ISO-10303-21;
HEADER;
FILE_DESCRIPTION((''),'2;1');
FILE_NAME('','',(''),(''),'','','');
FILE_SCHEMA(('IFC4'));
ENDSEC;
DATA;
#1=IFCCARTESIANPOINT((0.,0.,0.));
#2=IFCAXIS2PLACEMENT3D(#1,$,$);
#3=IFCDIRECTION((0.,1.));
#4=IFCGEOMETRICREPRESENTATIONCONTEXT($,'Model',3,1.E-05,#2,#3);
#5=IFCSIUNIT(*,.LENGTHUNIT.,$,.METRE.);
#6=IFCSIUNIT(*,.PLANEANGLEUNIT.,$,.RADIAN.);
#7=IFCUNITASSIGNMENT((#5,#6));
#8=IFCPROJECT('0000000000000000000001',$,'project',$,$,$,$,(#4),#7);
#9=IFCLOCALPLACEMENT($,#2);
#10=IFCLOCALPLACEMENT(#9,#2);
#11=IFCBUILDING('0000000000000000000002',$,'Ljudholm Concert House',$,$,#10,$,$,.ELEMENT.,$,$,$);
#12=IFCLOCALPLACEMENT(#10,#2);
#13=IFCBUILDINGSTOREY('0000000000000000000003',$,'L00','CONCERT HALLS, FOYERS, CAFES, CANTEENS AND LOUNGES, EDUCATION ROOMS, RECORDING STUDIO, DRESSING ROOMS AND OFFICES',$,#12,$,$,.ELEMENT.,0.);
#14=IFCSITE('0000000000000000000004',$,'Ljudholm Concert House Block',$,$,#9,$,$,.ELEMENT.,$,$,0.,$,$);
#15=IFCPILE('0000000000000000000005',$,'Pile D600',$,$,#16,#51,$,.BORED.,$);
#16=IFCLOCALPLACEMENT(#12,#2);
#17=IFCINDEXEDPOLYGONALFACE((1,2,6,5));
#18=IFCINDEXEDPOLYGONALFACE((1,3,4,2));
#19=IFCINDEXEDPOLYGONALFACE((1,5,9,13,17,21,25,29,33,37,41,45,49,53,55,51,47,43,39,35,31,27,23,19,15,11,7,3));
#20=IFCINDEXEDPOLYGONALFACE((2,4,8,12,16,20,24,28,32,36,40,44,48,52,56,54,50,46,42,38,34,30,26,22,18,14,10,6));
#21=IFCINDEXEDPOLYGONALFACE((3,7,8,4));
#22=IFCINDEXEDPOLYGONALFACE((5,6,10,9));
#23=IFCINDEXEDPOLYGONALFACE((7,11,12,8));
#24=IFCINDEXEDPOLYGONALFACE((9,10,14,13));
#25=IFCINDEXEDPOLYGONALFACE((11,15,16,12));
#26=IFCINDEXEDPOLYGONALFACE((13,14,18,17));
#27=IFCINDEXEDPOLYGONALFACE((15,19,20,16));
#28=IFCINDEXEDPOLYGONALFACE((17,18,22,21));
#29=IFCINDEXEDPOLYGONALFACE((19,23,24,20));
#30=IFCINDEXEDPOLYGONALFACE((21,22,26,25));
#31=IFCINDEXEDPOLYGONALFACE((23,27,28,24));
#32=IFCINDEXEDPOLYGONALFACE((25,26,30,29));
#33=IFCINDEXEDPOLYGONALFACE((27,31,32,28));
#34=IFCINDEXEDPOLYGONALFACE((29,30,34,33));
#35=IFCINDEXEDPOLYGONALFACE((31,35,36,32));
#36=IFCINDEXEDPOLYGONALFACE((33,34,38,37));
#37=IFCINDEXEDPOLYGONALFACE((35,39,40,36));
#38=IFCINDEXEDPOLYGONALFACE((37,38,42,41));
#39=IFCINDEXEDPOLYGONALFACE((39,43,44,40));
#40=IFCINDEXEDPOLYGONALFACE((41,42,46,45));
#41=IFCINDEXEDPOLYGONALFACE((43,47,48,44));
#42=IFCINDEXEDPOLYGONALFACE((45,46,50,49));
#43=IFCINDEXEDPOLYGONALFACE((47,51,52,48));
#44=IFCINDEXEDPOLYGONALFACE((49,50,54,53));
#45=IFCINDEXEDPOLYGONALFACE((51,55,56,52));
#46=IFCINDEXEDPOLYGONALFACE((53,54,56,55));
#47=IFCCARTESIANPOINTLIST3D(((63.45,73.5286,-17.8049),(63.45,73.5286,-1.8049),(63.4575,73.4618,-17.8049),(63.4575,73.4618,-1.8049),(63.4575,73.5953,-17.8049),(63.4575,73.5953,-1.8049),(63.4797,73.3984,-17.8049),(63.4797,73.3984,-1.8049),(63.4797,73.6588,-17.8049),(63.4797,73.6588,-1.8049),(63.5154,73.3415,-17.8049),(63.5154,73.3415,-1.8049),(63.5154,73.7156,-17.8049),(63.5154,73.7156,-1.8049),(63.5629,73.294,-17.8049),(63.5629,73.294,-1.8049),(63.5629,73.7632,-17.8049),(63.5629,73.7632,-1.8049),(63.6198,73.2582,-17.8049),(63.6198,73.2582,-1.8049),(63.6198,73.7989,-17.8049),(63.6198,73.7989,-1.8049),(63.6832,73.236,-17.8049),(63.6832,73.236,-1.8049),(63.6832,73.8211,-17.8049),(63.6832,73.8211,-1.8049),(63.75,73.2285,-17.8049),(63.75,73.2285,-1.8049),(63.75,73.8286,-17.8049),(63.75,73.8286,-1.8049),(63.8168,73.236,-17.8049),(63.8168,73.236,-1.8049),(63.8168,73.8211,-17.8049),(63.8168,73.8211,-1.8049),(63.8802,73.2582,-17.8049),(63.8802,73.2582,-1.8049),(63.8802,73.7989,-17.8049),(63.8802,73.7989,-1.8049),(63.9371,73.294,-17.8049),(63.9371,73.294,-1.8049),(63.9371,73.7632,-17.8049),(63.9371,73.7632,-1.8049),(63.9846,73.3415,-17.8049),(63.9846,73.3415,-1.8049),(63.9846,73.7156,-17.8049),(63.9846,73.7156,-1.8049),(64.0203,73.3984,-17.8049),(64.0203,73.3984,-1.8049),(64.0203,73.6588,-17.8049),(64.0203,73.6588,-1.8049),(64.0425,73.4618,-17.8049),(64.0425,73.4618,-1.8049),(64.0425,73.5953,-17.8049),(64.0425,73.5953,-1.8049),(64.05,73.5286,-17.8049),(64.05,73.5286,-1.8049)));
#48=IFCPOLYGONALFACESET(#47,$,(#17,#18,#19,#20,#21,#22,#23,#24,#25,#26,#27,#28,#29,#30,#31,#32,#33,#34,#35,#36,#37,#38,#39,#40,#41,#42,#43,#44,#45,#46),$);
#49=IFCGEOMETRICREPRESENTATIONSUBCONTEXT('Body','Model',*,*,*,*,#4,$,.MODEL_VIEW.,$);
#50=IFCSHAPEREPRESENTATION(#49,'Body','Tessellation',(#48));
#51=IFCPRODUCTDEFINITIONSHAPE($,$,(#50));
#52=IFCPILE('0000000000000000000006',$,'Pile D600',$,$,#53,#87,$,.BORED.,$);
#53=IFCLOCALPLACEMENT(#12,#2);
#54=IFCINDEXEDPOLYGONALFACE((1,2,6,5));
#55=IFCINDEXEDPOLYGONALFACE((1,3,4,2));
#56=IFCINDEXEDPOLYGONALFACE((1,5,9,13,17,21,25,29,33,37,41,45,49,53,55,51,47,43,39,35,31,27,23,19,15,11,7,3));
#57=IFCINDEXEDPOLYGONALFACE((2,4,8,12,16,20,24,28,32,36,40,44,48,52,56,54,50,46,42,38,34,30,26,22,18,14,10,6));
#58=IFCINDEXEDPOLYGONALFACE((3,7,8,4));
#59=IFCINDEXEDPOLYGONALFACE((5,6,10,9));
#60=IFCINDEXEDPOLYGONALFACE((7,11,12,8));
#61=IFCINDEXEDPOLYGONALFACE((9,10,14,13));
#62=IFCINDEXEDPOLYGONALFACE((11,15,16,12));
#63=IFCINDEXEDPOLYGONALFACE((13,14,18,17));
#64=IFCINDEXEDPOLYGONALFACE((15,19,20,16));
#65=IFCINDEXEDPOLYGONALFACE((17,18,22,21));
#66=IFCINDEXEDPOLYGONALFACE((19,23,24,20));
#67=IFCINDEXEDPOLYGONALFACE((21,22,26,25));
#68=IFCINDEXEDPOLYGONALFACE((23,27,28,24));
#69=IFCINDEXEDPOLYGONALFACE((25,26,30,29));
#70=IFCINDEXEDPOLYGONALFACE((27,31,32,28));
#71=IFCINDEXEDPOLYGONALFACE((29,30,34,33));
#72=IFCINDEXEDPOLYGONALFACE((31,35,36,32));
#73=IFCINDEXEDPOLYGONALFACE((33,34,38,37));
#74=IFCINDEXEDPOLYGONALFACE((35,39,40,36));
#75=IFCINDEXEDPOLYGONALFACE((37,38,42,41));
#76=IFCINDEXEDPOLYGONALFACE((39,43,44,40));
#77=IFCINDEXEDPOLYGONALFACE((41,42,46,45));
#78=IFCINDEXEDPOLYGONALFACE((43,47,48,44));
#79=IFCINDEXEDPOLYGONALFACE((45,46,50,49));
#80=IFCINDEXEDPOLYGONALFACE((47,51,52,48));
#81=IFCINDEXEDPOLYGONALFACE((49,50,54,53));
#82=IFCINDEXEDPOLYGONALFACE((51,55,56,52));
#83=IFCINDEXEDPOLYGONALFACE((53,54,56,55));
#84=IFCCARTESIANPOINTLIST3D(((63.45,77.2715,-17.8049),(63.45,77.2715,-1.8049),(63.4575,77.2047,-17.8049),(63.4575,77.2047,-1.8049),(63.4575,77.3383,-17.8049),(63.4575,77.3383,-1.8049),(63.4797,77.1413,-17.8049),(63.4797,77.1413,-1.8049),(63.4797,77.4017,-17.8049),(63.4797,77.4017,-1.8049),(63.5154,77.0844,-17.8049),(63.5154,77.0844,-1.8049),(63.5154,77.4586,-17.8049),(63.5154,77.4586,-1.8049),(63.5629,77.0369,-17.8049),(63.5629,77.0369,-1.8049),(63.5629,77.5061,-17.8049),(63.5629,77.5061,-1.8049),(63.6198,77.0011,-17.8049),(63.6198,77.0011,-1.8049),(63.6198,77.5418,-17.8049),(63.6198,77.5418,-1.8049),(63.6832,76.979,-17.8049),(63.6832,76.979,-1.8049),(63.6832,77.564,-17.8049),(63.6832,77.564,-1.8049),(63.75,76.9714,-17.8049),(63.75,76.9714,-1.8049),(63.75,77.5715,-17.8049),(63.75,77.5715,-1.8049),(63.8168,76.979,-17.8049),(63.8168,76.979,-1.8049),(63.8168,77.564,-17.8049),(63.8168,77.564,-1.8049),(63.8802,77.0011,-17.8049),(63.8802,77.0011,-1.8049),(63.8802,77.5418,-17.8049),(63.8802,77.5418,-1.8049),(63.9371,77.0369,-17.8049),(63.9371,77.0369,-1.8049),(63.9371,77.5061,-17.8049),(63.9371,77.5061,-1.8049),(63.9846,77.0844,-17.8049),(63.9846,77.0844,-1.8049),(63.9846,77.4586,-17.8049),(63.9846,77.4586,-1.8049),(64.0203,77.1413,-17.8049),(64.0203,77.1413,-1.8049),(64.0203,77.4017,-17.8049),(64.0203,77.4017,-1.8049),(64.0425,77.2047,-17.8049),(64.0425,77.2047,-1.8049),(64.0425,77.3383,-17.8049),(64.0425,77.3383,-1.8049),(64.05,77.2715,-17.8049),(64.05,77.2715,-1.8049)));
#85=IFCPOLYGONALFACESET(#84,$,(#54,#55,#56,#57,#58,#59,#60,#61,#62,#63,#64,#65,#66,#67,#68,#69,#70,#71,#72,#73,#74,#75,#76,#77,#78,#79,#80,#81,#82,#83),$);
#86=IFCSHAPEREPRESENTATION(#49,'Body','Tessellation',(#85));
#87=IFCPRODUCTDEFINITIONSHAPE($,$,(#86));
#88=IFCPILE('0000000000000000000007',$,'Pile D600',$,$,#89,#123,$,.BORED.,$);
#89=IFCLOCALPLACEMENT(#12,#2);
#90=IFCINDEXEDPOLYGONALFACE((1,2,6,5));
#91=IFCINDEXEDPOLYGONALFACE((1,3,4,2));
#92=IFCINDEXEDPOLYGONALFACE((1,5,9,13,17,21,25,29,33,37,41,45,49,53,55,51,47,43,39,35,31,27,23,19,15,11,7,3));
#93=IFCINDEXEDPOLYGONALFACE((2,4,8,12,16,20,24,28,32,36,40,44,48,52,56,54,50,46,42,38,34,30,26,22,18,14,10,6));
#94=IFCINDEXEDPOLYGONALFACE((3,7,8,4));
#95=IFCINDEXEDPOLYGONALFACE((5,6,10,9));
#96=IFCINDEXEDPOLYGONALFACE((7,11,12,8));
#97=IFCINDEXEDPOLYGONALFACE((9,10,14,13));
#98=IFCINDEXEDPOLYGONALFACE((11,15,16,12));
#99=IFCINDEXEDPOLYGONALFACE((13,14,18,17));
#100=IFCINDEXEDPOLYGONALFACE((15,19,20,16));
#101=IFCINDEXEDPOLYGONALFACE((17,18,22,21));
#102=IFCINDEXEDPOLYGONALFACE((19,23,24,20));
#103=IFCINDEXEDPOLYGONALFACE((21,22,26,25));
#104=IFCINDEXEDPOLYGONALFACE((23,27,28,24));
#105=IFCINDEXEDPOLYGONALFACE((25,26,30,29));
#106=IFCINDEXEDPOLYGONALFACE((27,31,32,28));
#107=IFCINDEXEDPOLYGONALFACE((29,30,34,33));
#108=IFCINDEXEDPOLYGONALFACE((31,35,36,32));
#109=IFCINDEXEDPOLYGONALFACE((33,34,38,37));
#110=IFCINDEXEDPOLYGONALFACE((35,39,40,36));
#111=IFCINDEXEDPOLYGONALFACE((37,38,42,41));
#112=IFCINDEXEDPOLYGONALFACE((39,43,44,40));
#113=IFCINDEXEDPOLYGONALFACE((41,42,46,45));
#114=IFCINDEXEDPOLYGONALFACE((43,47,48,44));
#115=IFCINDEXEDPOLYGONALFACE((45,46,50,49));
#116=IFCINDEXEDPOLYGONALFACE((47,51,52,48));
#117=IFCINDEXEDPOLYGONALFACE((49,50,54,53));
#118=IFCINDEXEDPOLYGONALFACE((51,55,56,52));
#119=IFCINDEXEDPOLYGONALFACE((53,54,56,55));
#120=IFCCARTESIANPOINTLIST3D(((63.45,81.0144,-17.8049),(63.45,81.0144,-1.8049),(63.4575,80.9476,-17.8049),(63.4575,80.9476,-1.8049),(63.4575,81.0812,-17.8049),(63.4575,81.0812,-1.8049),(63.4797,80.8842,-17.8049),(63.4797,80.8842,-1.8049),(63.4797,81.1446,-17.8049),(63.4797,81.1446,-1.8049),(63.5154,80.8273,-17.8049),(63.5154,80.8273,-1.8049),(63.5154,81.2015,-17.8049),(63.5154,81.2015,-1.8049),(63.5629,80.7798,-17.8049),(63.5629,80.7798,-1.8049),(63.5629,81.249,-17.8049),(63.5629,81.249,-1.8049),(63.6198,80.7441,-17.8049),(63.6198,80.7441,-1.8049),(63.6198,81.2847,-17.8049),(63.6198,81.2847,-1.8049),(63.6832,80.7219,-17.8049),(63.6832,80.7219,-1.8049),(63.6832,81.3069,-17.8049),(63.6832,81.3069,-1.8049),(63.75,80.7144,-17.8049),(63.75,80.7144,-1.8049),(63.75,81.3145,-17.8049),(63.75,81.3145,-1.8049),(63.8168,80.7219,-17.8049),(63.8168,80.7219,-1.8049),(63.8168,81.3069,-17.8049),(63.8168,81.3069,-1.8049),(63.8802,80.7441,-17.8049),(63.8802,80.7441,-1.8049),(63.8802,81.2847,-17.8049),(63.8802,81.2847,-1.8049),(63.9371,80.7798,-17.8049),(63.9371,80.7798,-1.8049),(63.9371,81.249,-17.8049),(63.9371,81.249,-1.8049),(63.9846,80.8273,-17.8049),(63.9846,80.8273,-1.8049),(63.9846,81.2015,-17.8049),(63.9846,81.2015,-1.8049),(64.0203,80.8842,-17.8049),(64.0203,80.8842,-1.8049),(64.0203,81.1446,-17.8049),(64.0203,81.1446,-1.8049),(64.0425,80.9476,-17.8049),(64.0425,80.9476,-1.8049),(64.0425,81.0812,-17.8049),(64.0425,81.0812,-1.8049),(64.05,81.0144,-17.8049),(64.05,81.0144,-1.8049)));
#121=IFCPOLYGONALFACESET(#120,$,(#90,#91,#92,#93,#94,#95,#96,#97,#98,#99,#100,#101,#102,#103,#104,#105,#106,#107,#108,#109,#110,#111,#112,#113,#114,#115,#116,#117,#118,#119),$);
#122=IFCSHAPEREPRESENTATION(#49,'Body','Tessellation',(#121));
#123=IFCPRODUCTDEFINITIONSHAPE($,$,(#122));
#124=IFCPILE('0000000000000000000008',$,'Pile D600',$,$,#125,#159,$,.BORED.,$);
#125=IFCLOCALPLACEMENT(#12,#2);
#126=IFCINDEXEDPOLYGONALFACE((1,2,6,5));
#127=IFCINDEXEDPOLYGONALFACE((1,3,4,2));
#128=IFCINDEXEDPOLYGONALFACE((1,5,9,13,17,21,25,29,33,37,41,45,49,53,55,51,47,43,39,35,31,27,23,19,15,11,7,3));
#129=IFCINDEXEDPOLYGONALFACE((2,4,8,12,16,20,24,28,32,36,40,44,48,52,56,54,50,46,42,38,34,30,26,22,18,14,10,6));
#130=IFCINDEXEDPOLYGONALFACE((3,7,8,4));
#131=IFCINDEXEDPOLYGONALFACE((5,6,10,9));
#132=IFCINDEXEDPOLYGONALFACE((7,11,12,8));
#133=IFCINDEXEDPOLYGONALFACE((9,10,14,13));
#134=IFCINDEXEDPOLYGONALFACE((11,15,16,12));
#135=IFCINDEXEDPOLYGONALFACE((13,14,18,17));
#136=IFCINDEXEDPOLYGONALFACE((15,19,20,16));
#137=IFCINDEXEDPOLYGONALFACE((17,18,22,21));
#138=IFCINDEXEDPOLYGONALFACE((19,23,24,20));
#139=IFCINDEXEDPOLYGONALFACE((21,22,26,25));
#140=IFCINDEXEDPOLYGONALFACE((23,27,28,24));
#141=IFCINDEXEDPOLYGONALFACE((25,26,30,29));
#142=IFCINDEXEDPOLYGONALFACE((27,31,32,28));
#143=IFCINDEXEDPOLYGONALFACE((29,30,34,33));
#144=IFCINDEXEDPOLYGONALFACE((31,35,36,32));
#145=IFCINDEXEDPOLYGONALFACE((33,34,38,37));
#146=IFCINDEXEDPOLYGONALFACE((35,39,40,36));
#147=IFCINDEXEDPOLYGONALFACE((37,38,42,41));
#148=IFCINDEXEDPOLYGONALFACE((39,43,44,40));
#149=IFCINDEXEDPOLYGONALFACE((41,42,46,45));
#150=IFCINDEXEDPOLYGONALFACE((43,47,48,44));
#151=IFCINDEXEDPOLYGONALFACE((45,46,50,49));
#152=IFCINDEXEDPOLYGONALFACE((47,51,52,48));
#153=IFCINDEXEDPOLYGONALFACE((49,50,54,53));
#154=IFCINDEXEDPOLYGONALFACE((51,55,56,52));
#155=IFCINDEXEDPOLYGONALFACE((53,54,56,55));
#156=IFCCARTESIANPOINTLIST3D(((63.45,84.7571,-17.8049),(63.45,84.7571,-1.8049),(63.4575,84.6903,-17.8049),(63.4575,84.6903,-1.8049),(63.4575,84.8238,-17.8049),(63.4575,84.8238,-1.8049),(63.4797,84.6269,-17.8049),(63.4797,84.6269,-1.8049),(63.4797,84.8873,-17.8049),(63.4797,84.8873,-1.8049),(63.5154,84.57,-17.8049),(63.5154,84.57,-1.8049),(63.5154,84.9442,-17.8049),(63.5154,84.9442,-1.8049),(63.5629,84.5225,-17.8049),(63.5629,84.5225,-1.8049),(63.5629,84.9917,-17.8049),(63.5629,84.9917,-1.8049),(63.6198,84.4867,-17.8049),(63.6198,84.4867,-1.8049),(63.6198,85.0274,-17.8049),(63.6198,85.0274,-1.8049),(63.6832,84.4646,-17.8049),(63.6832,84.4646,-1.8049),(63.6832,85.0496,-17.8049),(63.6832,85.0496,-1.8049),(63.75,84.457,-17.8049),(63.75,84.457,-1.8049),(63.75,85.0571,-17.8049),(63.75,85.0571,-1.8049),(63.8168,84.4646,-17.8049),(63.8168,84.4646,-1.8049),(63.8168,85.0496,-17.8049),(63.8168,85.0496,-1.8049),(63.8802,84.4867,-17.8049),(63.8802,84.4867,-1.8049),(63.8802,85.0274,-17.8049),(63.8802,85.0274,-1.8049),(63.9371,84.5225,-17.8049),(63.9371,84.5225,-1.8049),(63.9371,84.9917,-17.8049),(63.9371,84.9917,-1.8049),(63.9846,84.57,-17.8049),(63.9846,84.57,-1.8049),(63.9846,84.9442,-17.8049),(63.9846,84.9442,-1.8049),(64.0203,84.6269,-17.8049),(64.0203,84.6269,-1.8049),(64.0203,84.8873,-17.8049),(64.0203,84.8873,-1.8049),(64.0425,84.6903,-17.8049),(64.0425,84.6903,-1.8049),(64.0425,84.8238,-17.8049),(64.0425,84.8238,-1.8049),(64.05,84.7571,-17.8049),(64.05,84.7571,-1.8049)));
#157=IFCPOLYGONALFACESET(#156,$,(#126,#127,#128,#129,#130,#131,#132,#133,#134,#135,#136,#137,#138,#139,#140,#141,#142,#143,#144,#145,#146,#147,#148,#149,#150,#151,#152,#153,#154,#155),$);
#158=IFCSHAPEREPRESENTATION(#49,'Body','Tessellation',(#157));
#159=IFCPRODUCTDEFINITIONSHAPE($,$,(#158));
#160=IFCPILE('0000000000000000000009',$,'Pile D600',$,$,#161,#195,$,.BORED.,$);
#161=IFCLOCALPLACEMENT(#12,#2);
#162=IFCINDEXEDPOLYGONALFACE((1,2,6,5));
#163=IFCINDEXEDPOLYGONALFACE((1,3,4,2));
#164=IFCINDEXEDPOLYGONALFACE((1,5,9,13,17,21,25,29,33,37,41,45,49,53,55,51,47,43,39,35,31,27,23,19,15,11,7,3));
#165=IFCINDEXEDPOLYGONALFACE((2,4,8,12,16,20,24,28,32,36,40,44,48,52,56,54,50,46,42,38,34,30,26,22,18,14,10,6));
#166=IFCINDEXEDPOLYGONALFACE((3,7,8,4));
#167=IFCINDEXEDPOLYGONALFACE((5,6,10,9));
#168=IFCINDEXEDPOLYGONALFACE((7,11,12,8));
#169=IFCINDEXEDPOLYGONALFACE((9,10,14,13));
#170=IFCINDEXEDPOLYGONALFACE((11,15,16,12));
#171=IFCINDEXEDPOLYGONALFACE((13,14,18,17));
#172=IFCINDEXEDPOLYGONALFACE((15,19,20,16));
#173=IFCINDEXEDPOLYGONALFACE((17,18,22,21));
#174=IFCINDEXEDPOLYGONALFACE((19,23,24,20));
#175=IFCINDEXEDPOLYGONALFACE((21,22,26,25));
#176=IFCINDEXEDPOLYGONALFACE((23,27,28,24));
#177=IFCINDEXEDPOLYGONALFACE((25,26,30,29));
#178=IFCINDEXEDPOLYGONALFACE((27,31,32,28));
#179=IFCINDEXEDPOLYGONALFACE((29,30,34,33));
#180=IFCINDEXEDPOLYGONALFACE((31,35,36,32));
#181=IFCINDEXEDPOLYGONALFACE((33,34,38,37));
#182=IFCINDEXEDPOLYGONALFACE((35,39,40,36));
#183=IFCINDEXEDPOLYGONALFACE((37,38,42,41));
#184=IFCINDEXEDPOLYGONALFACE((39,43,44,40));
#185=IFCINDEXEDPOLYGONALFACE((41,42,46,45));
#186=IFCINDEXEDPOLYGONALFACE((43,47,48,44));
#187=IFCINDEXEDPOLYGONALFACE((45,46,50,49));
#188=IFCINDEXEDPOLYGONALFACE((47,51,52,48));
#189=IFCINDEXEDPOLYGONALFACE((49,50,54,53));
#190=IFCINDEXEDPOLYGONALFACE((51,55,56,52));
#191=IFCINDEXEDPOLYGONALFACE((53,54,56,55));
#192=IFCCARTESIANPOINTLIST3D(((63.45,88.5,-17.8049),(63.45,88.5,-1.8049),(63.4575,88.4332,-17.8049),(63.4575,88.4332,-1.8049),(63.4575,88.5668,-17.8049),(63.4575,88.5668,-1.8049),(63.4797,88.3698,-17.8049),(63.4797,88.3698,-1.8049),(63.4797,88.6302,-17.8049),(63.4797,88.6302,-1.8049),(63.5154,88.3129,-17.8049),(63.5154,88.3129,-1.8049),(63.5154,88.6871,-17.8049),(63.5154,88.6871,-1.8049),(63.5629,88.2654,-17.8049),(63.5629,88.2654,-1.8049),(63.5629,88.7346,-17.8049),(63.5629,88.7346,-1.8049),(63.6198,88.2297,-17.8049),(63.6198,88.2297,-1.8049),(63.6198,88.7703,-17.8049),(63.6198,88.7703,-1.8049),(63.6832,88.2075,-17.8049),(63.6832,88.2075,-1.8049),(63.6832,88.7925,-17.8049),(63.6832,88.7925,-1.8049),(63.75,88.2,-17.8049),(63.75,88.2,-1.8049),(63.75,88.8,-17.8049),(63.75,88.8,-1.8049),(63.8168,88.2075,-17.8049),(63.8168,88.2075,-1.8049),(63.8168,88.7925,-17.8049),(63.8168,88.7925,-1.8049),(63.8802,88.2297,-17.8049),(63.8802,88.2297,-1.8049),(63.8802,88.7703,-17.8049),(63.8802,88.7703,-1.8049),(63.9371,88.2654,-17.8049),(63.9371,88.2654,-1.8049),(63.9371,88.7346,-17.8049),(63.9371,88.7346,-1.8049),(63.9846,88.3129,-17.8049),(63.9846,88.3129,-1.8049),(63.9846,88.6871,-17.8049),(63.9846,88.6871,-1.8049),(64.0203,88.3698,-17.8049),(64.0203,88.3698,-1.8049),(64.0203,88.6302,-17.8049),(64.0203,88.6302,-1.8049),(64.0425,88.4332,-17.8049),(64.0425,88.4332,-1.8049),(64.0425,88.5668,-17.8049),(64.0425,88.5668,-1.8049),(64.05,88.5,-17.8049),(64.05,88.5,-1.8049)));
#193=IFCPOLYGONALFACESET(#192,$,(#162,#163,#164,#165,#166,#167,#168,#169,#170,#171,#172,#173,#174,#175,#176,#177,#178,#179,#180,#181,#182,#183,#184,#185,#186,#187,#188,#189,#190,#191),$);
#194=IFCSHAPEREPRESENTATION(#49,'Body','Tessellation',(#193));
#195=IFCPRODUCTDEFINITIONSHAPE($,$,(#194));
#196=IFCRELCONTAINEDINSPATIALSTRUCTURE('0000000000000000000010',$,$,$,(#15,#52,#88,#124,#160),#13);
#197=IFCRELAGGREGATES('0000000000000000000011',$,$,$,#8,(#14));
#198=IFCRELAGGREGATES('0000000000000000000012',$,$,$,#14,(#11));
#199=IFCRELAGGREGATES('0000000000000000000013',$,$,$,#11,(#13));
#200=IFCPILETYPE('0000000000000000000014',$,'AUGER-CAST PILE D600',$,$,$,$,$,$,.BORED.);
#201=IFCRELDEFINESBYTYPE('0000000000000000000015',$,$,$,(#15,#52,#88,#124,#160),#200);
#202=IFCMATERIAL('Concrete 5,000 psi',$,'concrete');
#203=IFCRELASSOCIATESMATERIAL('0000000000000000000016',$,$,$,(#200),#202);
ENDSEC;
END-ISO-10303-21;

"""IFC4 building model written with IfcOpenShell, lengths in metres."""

from ifc_helpers import new_model, si_unit, direction, frame, origin, origin_2d, place, context, subcontext, project, spatial, circle, extrude, material, material_profile, profile_set, type_object, element, save


model = new_model("IFC4")

# Units and contexts
model_context = context("Model", 3, precision=1e-05, world=origin(), true_north=direction((0.0, 1.0)))
body_context = subcontext(model_context, "Body", "Model", "MODEL_VIEW")
ifc_project = project(units=[si_unit("LENGTHUNIT", "METRE"), si_unit("PLANEANGLEUNIT", "RADIAN")], contexts=[model_context])

# Site, building, storey
site_placement = place(None, origin())
site = spatial("IfcSite", under=ifc_project, at=site_placement, Name="Ljudholm Concert House Block", CompositionType="ELEMENT", RefElevation=0.0)
building_placement = place(site_placement, origin())
building = spatial("IfcBuilding", under=site, at=building_placement, Name="Ljudholm Concert House", CompositionType="ELEMENT")
storey_placement = place(building_placement, origin())
storey = spatial("IfcBuildingStorey", under=building, at=storey_placement, Name="L00", Description="CONCERT HALLS, FOYERS, CAFES, CANTEENS AND LOUNGES, EDUCATION ROOMS, RECORDING STUDIO, DRESSING ROOMS AND OFFICES", CompositionType="ELEMENT", Elevation=0.0)

# Piles
ifc_material_1 = material(Name="Concrete 5,000 psi", Category="concrete")
ifc_material_profile_1 = material_profile(ifc_material_1, circle(Radius=0.3, at=origin_2d()), Name="AUGER-CAST PILE D600")
ifc_profile_set_1 = profile_set([ifc_material_profile_1], Name="Concrete 5,000 psi")
pile_type = type_object("IfcPileType", Name="AUGER-CAST PILE D600", PredefinedType="BORED", material=ifc_profile_set_1)
for number, where, z_axis, x_axis, name in (
    (1, (63.75, 73.5286, -1.8049), (0.0, 0.0, -1.0), (1.0, 0.0, 0.0), "Pile D600"),
    (2, (63.75, 77.2715, -1.8049), (0.0, 0.0, -1.0), (1.0, 0.0, 0.0), "Pile D600"),
    (3, (63.75, 81.0144, -1.8049), (0.0, 0.0, -1.0), (1.0, 0.0, 0.0), "Pile D600"),
    (4, (63.75, 84.7571, -1.8049), (0.0, 0.0, -1.0), (1.0, 0.0, 0.0), "Pile D600"),
    (5, (63.75, 88.5, -1.8049), (0.0, 0.0, -1.0), (1.0, 0.0, 0.0), "Pile D600"),
):
    element("IfcPile", number, at=place(storey_placement, frame(where, z_axis=z_axis, x_axis=x_axis)), inside=storey, type_object=pile_type, Name=name, PredefinedType="BORED", context=body_context, shape_type="SweptSolid", body=[
        extrude(circle(Radius=0.3, at=origin_2d()), origin(), (0.0, 0.0, 1.0), 16.0),
    ])

save(model, "model.ifc")
